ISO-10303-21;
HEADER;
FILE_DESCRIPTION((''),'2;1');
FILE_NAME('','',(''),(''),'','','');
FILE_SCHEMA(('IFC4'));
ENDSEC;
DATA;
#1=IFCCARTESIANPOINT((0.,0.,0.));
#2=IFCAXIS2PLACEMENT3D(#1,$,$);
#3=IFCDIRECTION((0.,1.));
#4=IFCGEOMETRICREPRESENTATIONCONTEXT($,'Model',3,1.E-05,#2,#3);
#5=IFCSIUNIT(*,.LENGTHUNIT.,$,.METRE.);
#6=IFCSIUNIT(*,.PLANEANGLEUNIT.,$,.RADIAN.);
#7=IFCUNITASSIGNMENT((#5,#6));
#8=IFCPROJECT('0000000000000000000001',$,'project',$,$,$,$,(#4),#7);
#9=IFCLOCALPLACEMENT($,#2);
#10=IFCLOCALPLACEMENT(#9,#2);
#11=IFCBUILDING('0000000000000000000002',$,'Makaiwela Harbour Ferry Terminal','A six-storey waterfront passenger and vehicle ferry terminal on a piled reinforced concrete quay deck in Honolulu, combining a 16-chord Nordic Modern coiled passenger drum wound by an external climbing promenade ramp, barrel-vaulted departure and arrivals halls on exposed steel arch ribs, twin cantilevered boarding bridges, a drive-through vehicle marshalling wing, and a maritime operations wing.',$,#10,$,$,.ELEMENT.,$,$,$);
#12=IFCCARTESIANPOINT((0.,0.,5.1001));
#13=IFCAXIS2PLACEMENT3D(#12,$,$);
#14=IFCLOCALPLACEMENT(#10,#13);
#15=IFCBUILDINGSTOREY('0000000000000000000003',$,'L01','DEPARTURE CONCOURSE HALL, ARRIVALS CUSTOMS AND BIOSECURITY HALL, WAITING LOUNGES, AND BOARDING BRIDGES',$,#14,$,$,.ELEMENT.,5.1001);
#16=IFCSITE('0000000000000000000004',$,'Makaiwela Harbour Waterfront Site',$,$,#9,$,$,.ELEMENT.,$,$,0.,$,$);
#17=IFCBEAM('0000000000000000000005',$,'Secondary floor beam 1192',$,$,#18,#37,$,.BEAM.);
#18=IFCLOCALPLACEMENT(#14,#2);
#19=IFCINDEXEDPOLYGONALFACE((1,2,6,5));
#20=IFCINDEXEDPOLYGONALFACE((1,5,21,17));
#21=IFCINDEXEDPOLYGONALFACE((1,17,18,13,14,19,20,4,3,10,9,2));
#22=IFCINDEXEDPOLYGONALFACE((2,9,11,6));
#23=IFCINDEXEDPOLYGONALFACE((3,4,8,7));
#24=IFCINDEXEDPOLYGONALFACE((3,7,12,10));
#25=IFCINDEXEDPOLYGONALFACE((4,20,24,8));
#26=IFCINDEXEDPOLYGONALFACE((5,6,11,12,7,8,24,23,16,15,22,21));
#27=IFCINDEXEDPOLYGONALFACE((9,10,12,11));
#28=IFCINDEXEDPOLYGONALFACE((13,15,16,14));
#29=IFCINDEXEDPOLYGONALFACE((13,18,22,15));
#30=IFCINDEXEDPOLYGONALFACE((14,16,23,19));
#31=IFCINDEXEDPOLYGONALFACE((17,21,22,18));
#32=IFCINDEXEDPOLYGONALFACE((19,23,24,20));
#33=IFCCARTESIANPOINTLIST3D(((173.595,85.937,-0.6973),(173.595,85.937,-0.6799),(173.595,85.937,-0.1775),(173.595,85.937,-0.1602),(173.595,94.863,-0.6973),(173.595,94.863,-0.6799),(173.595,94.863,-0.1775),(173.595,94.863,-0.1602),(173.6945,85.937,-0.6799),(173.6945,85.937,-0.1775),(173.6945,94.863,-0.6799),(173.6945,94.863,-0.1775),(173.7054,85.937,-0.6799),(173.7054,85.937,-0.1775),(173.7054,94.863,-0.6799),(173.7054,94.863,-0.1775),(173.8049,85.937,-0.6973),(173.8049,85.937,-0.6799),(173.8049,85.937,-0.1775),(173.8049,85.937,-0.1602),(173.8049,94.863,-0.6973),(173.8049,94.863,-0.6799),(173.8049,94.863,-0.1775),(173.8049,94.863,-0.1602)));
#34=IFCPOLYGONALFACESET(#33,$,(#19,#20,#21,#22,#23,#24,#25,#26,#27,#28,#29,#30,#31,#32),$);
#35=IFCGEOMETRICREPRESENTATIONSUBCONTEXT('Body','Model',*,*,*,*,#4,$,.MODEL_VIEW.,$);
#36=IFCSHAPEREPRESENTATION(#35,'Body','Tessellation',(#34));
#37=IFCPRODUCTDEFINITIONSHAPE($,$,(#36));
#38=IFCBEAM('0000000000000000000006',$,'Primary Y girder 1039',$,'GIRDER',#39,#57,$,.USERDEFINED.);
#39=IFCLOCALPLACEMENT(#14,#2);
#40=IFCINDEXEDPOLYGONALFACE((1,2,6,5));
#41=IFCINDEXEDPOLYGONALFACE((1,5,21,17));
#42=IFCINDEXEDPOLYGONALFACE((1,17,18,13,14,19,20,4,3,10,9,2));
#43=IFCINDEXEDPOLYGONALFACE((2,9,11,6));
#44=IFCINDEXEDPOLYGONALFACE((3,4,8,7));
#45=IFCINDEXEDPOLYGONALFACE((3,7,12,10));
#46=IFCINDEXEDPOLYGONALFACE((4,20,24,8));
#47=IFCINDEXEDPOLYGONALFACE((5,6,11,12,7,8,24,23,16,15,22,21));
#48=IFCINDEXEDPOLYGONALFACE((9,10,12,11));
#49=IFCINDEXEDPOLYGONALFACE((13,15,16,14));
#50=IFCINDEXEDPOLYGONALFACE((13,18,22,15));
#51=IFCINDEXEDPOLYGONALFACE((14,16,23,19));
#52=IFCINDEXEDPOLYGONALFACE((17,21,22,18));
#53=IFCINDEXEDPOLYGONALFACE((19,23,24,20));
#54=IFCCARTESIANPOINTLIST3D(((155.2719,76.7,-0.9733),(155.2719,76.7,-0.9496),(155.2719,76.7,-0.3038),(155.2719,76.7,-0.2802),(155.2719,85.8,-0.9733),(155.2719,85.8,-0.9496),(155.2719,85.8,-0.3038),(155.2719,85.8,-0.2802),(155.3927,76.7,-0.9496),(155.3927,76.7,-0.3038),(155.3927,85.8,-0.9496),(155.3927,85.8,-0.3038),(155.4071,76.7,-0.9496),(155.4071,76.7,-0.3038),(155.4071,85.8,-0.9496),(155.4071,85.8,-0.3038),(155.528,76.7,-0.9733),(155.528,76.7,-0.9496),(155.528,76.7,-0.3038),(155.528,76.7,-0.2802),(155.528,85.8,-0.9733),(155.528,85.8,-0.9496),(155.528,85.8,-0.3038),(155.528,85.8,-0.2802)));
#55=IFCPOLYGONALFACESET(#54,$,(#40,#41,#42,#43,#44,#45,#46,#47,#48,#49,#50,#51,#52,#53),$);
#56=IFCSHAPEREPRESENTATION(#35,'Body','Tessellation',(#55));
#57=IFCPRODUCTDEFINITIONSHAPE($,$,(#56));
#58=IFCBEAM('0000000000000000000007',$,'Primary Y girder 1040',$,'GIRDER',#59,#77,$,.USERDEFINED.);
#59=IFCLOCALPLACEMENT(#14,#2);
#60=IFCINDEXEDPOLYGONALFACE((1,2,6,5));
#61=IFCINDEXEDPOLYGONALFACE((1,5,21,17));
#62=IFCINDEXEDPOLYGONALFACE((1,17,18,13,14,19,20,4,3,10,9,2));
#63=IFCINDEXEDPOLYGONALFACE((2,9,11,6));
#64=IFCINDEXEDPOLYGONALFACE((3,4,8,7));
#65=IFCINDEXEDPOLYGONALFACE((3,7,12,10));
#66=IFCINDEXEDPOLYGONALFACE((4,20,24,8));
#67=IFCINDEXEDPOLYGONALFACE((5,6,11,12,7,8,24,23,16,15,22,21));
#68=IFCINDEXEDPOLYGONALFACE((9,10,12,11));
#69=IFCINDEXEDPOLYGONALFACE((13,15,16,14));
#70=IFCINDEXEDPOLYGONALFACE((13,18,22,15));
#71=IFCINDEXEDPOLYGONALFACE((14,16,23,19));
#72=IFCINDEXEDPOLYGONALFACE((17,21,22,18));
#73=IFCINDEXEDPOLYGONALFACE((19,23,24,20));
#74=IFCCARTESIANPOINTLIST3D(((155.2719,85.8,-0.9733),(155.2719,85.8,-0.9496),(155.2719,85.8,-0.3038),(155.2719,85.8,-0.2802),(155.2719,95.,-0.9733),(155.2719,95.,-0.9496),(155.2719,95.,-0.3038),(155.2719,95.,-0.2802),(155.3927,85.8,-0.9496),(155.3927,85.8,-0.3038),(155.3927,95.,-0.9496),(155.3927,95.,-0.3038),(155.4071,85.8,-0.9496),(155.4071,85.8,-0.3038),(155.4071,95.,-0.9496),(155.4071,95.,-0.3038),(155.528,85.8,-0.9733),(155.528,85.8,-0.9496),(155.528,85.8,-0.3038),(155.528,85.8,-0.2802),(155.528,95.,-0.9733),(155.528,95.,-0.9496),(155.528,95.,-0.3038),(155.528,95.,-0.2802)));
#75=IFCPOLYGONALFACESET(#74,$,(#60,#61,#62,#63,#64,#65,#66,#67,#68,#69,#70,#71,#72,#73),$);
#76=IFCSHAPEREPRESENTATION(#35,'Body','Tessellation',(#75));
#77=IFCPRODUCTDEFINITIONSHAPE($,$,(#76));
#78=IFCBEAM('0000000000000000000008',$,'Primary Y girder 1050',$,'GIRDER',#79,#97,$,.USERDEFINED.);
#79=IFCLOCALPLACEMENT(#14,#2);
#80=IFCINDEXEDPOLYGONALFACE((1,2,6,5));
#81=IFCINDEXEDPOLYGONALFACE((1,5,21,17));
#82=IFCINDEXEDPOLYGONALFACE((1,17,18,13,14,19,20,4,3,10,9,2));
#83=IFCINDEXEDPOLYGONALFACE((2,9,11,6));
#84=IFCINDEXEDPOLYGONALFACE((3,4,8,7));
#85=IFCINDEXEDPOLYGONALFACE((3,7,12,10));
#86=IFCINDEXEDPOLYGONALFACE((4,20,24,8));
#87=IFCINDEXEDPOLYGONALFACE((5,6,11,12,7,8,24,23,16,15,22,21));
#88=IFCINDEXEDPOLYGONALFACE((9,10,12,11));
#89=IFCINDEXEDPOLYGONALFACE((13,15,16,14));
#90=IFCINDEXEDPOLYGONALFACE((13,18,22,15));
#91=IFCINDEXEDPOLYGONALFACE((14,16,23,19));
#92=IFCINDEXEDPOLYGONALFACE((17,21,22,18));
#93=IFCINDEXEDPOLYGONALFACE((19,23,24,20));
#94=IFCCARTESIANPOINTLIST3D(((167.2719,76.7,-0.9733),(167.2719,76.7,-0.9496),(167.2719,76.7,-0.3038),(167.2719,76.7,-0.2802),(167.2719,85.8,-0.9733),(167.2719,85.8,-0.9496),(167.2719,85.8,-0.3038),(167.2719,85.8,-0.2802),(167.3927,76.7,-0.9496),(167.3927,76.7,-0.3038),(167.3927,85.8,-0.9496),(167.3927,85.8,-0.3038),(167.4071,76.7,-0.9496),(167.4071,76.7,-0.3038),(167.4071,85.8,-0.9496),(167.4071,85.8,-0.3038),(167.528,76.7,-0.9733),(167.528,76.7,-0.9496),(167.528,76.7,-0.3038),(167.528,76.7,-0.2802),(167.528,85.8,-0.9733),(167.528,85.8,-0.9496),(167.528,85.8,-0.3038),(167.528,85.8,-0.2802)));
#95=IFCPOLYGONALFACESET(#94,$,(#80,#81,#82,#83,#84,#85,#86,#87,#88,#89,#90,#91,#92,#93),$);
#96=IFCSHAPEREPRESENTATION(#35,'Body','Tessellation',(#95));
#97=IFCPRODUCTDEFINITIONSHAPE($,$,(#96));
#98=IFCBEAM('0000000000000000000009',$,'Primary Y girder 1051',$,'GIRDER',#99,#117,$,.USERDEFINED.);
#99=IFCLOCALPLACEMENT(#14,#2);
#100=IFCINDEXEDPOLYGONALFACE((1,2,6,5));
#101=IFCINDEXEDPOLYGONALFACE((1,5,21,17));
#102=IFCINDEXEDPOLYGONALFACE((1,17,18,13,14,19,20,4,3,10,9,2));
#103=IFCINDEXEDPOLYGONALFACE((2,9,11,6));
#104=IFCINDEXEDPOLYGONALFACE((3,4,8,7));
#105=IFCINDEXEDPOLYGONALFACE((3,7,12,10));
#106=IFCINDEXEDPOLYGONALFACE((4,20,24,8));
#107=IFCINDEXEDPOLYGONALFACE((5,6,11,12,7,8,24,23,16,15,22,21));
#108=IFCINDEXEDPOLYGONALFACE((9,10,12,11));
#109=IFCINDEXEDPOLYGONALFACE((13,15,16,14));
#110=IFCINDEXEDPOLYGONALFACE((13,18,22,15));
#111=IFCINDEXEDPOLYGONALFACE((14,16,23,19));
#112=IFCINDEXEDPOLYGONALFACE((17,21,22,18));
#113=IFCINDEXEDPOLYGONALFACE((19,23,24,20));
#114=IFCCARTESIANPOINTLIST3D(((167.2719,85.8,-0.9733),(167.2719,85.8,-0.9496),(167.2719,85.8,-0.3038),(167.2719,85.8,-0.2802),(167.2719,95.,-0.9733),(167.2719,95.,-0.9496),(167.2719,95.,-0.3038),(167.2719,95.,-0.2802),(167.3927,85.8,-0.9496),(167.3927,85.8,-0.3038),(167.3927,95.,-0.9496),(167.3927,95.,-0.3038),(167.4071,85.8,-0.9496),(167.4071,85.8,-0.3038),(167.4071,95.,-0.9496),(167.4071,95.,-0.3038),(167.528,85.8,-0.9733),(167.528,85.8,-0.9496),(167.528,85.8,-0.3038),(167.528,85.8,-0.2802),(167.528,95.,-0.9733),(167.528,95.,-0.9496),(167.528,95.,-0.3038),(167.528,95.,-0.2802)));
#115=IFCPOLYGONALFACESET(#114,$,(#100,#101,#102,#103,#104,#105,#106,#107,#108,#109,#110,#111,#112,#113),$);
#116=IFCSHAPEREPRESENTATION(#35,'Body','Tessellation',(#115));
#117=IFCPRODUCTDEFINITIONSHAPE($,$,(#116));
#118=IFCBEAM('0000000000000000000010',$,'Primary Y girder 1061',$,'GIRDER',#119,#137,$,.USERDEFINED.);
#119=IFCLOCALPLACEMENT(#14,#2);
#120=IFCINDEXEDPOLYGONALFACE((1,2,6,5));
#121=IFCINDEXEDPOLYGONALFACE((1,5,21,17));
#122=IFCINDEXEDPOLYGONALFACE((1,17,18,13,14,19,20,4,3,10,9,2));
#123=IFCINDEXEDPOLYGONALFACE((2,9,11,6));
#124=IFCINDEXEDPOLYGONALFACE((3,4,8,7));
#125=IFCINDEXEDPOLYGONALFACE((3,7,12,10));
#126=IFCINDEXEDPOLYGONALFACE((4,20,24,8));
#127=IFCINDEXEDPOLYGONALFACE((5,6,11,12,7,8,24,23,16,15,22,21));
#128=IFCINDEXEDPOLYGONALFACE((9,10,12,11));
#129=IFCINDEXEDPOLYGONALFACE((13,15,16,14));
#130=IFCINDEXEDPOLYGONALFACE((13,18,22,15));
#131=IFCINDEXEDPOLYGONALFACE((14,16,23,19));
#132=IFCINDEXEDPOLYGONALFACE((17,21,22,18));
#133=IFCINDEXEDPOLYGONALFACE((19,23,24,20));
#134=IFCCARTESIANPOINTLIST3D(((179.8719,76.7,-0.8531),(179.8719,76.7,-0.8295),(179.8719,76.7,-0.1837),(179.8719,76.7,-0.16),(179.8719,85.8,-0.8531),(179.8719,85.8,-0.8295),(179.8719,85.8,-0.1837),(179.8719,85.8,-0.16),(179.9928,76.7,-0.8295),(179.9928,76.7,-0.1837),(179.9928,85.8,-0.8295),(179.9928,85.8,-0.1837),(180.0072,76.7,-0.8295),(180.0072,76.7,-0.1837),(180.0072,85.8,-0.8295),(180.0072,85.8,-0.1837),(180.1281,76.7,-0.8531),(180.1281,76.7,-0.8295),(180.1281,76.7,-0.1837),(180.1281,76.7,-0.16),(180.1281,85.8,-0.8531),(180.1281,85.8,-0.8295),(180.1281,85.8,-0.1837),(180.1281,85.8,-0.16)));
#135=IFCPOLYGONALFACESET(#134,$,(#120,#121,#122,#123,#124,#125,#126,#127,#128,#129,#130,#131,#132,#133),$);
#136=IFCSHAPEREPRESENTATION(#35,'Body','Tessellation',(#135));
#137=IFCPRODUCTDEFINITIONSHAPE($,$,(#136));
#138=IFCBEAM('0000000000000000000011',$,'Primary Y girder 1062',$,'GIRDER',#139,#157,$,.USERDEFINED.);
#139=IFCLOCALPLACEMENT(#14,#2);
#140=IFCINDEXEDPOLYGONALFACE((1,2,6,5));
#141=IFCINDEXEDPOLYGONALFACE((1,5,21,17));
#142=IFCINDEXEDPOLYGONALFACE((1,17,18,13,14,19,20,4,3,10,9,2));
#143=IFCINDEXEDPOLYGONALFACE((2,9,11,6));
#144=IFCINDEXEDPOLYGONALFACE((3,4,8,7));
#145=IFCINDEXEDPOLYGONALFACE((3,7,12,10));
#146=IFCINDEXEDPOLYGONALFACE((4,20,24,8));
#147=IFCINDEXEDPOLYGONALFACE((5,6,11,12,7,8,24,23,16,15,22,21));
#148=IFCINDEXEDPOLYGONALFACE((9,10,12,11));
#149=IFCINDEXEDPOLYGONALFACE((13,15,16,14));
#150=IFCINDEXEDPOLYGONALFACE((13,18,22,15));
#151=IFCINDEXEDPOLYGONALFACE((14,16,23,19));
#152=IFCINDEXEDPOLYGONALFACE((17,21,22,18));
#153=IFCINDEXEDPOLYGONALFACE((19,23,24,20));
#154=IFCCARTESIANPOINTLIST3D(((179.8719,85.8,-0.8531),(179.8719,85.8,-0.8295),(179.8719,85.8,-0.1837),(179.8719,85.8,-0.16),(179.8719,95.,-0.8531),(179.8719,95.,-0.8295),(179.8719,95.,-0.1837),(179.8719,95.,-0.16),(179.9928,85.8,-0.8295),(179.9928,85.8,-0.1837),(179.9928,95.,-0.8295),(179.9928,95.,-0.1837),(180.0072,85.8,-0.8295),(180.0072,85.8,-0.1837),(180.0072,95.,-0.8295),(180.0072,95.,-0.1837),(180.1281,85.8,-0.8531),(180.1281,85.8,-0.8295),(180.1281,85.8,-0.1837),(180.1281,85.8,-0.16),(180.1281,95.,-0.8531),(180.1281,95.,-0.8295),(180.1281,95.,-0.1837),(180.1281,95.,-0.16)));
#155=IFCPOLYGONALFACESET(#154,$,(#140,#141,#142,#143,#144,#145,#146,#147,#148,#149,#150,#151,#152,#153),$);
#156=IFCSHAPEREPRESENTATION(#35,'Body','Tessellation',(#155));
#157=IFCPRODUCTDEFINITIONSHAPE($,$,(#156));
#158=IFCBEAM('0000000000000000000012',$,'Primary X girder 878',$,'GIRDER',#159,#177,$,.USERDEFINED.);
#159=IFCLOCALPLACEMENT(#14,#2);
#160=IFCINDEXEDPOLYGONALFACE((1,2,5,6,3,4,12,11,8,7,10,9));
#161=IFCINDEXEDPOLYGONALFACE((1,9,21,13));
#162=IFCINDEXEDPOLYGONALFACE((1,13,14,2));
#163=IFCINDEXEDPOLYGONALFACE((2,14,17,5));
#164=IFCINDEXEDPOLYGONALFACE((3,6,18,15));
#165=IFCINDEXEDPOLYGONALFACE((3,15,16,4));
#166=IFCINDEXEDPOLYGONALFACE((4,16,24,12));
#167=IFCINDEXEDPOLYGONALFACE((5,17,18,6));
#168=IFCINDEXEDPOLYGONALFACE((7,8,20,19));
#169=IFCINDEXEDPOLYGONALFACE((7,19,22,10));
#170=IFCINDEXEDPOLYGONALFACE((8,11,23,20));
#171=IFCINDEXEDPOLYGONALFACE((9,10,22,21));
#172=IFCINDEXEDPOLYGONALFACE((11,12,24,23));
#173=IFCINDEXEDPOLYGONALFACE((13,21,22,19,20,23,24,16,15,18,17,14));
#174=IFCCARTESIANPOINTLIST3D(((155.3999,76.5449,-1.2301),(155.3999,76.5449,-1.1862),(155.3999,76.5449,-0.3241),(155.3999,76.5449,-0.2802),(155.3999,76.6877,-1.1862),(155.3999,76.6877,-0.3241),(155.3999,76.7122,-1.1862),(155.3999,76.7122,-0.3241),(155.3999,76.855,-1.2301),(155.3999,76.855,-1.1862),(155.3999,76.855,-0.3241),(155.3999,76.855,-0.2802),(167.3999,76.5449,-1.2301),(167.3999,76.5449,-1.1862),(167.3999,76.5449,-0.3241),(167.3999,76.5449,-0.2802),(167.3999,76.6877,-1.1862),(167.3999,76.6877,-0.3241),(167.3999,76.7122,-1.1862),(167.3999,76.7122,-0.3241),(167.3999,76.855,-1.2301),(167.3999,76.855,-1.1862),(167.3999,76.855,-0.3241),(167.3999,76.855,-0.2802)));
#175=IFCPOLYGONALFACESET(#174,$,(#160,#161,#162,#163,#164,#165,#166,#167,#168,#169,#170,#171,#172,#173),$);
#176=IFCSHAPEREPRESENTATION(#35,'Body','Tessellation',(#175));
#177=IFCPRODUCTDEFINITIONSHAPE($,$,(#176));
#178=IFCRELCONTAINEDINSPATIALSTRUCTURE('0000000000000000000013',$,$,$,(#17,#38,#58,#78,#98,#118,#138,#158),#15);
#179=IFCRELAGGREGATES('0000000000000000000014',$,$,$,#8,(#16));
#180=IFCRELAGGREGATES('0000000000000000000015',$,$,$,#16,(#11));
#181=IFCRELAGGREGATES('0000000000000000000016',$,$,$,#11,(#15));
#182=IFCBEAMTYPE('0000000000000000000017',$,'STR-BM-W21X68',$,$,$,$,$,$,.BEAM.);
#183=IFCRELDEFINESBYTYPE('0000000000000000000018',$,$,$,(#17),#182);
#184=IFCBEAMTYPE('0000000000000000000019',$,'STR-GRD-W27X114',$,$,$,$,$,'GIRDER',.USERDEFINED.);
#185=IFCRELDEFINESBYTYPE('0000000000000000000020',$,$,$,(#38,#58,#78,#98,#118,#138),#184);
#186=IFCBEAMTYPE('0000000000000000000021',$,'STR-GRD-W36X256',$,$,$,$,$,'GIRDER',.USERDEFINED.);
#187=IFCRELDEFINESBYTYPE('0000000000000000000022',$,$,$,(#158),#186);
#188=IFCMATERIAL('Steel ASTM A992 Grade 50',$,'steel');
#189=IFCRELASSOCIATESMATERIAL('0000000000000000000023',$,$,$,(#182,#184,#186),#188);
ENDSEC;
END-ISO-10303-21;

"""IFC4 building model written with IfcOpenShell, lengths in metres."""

from ifc_helpers import new_model, si_unit, direction, frame, origin, origin_2d, place, context, subcontext, project, spatial, i_section, extrude, material, material_profile, profile_set, type_object, element, save


model = new_model("IFC4")

# Units and contexts
model_context = context("Model", 3, precision=1e-05, world=origin(), true_north=direction((0.0, 1.0)))
body_context = subcontext(model_context, "Body", "Model", "MODEL_VIEW")
ifc_project = project(units=[si_unit("LENGTHUNIT", "METRE"), si_unit("PLANEANGLEUNIT", "RADIAN")], contexts=[model_context])

# Site, building, storey
site_placement = place(None, origin())
site = spatial("IfcSite", under=ifc_project, at=site_placement, Name="Makaiwela Harbour Waterfront Site", CompositionType="ELEMENT", RefElevation=0.0)
building_placement = place(site_placement, origin())
building = spatial("IfcBuilding", under=site, at=building_placement, Name="Makaiwela Harbour Ferry Terminal", Description="A six-storey waterfront passenger and vehicle ferry terminal on a piled reinforced concrete quay deck in Honolulu, combining a 16-chord Nordic Modern coiled passenger drum wound by an external climbing promenade ramp, barrel-vaulted departure and arrivals halls on exposed steel arch ribs, twin cantilevered boarding bridges, a drive-through vehicle marshalling wing, and a maritime operations wing.", CompositionType="ELEMENT")
storey_placement = place(building_placement, frame((0.0, 0.0, 5.1001)))
storey = spatial("IfcBuildingStorey", under=building, at=storey_placement, Name="L01", Description="DEPARTURE CONCOURSE HALL, ARRIVALS CUSTOMS AND BIOSECURITY HALL, WAITING LOUNGES, AND BOARDING BRIDGES", CompositionType="ELEMENT", Elevation=5.1001)

# Shared definitions
ifc_material_1 = material(Name="Steel ASTM A992 Grade 50", Category="steel")

# Beams
ifc_material_profile_1 = material_profile(ifc_material_1, i_section(OverallWidth=0.21, OverallDepth=0.5371, WebThickness=0.011, FlangeThickness=0.0173, at=origin_2d()), Name="W21X68")
ifc_profile_set_1 = profile_set([ifc_material_profile_1], Name="Steel ASTM A992 Grade 50")
beam_type_1 = type_object("IfcBeamType", Name="STR-BM-W21X68", PredefinedType="BEAM", material=ifc_profile_set_1)
beam_1_placement = place(storey_placement, frame((173.7, 85.937, -0.4287), z_axis=(0.0, 1.0, 0.0), x_axis=(-1.0, 0.0, 0.0)))
element("IfcBeam", 1, at=beam_1_placement, inside=storey, type_object=beam_type_1, Name="Secondary floor beam 1192", PredefinedType="BEAM", context=body_context, shape_type="SweptSolid", body=[
    extrude(i_section(OverallWidth=0.21, OverallDepth=0.5371, WebThickness=0.011, FlangeThickness=0.0173, at=origin_2d()), origin(), (0.0, 0.0, 1.0), 8.926),
])
ifc_material_profile_2 = material_profile(ifc_material_1, i_section(OverallWidth=0.2561, OverallDepth=0.6931, WebThickness=0.0144, FlangeThickness=0.0237, at=origin_2d()), Name="W27X114")
ifc_profile_set_2 = profile_set([ifc_material_profile_2], Name="Steel ASTM A992 Grade 50")
beam_type_2 = type_object("IfcBeamType", Name="STR-GRD-W27X114", ElementType="GIRDER", PredefinedType="USERDEFINED", material=ifc_profile_set_2)
beam_2_placement = place(storey_placement, frame((155.3999, 76.7, -0.6267), z_axis=(0.0, 1.0, 0.0), x_axis=(-1.0, 0.0, 0.0)))
element("IfcBeam", 2, at=beam_2_placement, inside=storey, type_object=beam_type_2, Name="Primary Y girder 1039", ObjectType="GIRDER", PredefinedType="USERDEFINED", context=body_context, shape_type="SweptSolid", body=[
    extrude(i_section(OverallWidth=0.2561, OverallDepth=0.6931, WebThickness=0.0144, FlangeThickness=0.0237, at=origin_2d()), origin(), (0.0, 0.0, 1.0), 9.1001),
])
beam_3_placement = place(storey_placement, frame((155.3999, 85.8, -0.6267), z_axis=(0.0, 1.0, 0.0), x_axis=(-1.0, 0.0, 0.0)))
element("IfcBeam", 3, at=beam_3_placement, inside=storey, type_object=beam_type_2, Name="Primary Y girder 1040", ObjectType="GIRDER", PredefinedType="USERDEFINED", context=body_context, shape_type="SweptSolid", body=[
    extrude(i_section(OverallWidth=0.2561, OverallDepth=0.6931, WebThickness=0.0144, FlangeThickness=0.0237, at=origin_2d()), origin(), (0.0, 0.0, 1.0), 9.2),
])
beam_4_placement = place(storey_placement, frame((167.3999, 76.7, -0.6267), z_axis=(0.0, 1.0, 0.0), x_axis=(-1.0, 0.0, 0.0)))
element("IfcBeam", 4, at=beam_4_placement, inside=storey, type_object=beam_type_2, Name="Primary Y girder 1050", ObjectType="GIRDER", PredefinedType="USERDEFINED", context=body_context, shape_type="SweptSolid", body=[
    extrude(i_section(OverallWidth=0.2561, OverallDepth=0.6931, WebThickness=0.0144, FlangeThickness=0.0237, at=origin_2d()), origin(), (0.0, 0.0, 1.0), 9.1001),
])
beam_5_placement = place(storey_placement, frame((167.3999, 85.8, -0.6267), z_axis=(0.0, 1.0, 0.0), x_axis=(-1.0, 0.0, 0.0)))
element("IfcBeam", 5, at=beam_5_placement, inside=storey, type_object=beam_type_2, Name="Primary Y girder 1051", ObjectType="GIRDER", PredefinedType="USERDEFINED", context=body_context, shape_type="SweptSolid", body=[
    extrude(i_section(OverallWidth=0.2561, OverallDepth=0.6931, WebThickness=0.0144, FlangeThickness=0.0237, at=origin_2d()), origin(), (0.0, 0.0, 1.0), 9.2),
])
beam_6_placement = place(storey_placement, frame((180.0, 76.7, -0.5066), z_axis=(0.0, 1.0, 0.0), x_axis=(-1.0, 0.0, 0.0)))
element("IfcBeam", 6, at=beam_6_placement, inside=storey, type_object=beam_type_2, Name="Primary Y girder 1061", ObjectType="GIRDER", PredefinedType="USERDEFINED", context=body_context, shape_type="SweptSolid", body=[
    extrude(i_section(OverallWidth=0.2561, OverallDepth=0.6931, WebThickness=0.0144, FlangeThickness=0.0237, at=origin_2d()), origin(), (0.0, 0.0, 1.0), 9.1001),
])
beam_7_placement = place(storey_placement, frame((180.0, 85.8, -0.5066), z_axis=(0.0, 1.0, 0.0), x_axis=(-1.0, 0.0, 0.0)))
element("IfcBeam", 7, at=beam_7_placement, inside=storey, type_object=beam_type_2, Name="Primary Y girder 1062", ObjectType="GIRDER", PredefinedType="USERDEFINED", context=body_context, shape_type="SweptSolid", body=[
    extrude(i_section(OverallWidth=0.2561, OverallDepth=0.6931, WebThickness=0.0144, FlangeThickness=0.0237, at=origin_2d()), origin(), (0.0, 0.0, 1.0), 9.2),
])
ifc_material_profile_3 = material_profile(ifc_material_1, i_section(OverallWidth=0.3101, OverallDepth=0.95, WebThickness=0.0244, FlangeThickness=0.0439, at=origin_2d()), Name="W36X256")
ifc_profile_set_3 = profile_set([ifc_material_profile_3], Name="Steel ASTM A992 Grade 50")
beam_type_3 = type_object("IfcBeamType", Name="STR-GRD-W36X256", ElementType="GIRDER", PredefinedType="USERDEFINED", material=ifc_profile_set_3)
beam_8_placement = place(storey_placement, frame((155.3999, 76.7, -0.7551), z_axis=(1.0, 0.0, 0.0), x_axis=(0.0, 1.0, 0.0)))
element("IfcBeam", 8, at=beam_8_placement, inside=storey, type_object=beam_type_3, Name="Primary X girder 878", ObjectType="GIRDER", PredefinedType="USERDEFINED", context=body_context, shape_type="SweptSolid", body=[
    extrude(i_section(OverallWidth=0.3101, OverallDepth=0.95, WebThickness=0.0244, FlangeThickness=0.0439, at=origin_2d()), origin(), (0.0, 0.0, 1.0), 12.0),
])

save(model, "model.ifc")
